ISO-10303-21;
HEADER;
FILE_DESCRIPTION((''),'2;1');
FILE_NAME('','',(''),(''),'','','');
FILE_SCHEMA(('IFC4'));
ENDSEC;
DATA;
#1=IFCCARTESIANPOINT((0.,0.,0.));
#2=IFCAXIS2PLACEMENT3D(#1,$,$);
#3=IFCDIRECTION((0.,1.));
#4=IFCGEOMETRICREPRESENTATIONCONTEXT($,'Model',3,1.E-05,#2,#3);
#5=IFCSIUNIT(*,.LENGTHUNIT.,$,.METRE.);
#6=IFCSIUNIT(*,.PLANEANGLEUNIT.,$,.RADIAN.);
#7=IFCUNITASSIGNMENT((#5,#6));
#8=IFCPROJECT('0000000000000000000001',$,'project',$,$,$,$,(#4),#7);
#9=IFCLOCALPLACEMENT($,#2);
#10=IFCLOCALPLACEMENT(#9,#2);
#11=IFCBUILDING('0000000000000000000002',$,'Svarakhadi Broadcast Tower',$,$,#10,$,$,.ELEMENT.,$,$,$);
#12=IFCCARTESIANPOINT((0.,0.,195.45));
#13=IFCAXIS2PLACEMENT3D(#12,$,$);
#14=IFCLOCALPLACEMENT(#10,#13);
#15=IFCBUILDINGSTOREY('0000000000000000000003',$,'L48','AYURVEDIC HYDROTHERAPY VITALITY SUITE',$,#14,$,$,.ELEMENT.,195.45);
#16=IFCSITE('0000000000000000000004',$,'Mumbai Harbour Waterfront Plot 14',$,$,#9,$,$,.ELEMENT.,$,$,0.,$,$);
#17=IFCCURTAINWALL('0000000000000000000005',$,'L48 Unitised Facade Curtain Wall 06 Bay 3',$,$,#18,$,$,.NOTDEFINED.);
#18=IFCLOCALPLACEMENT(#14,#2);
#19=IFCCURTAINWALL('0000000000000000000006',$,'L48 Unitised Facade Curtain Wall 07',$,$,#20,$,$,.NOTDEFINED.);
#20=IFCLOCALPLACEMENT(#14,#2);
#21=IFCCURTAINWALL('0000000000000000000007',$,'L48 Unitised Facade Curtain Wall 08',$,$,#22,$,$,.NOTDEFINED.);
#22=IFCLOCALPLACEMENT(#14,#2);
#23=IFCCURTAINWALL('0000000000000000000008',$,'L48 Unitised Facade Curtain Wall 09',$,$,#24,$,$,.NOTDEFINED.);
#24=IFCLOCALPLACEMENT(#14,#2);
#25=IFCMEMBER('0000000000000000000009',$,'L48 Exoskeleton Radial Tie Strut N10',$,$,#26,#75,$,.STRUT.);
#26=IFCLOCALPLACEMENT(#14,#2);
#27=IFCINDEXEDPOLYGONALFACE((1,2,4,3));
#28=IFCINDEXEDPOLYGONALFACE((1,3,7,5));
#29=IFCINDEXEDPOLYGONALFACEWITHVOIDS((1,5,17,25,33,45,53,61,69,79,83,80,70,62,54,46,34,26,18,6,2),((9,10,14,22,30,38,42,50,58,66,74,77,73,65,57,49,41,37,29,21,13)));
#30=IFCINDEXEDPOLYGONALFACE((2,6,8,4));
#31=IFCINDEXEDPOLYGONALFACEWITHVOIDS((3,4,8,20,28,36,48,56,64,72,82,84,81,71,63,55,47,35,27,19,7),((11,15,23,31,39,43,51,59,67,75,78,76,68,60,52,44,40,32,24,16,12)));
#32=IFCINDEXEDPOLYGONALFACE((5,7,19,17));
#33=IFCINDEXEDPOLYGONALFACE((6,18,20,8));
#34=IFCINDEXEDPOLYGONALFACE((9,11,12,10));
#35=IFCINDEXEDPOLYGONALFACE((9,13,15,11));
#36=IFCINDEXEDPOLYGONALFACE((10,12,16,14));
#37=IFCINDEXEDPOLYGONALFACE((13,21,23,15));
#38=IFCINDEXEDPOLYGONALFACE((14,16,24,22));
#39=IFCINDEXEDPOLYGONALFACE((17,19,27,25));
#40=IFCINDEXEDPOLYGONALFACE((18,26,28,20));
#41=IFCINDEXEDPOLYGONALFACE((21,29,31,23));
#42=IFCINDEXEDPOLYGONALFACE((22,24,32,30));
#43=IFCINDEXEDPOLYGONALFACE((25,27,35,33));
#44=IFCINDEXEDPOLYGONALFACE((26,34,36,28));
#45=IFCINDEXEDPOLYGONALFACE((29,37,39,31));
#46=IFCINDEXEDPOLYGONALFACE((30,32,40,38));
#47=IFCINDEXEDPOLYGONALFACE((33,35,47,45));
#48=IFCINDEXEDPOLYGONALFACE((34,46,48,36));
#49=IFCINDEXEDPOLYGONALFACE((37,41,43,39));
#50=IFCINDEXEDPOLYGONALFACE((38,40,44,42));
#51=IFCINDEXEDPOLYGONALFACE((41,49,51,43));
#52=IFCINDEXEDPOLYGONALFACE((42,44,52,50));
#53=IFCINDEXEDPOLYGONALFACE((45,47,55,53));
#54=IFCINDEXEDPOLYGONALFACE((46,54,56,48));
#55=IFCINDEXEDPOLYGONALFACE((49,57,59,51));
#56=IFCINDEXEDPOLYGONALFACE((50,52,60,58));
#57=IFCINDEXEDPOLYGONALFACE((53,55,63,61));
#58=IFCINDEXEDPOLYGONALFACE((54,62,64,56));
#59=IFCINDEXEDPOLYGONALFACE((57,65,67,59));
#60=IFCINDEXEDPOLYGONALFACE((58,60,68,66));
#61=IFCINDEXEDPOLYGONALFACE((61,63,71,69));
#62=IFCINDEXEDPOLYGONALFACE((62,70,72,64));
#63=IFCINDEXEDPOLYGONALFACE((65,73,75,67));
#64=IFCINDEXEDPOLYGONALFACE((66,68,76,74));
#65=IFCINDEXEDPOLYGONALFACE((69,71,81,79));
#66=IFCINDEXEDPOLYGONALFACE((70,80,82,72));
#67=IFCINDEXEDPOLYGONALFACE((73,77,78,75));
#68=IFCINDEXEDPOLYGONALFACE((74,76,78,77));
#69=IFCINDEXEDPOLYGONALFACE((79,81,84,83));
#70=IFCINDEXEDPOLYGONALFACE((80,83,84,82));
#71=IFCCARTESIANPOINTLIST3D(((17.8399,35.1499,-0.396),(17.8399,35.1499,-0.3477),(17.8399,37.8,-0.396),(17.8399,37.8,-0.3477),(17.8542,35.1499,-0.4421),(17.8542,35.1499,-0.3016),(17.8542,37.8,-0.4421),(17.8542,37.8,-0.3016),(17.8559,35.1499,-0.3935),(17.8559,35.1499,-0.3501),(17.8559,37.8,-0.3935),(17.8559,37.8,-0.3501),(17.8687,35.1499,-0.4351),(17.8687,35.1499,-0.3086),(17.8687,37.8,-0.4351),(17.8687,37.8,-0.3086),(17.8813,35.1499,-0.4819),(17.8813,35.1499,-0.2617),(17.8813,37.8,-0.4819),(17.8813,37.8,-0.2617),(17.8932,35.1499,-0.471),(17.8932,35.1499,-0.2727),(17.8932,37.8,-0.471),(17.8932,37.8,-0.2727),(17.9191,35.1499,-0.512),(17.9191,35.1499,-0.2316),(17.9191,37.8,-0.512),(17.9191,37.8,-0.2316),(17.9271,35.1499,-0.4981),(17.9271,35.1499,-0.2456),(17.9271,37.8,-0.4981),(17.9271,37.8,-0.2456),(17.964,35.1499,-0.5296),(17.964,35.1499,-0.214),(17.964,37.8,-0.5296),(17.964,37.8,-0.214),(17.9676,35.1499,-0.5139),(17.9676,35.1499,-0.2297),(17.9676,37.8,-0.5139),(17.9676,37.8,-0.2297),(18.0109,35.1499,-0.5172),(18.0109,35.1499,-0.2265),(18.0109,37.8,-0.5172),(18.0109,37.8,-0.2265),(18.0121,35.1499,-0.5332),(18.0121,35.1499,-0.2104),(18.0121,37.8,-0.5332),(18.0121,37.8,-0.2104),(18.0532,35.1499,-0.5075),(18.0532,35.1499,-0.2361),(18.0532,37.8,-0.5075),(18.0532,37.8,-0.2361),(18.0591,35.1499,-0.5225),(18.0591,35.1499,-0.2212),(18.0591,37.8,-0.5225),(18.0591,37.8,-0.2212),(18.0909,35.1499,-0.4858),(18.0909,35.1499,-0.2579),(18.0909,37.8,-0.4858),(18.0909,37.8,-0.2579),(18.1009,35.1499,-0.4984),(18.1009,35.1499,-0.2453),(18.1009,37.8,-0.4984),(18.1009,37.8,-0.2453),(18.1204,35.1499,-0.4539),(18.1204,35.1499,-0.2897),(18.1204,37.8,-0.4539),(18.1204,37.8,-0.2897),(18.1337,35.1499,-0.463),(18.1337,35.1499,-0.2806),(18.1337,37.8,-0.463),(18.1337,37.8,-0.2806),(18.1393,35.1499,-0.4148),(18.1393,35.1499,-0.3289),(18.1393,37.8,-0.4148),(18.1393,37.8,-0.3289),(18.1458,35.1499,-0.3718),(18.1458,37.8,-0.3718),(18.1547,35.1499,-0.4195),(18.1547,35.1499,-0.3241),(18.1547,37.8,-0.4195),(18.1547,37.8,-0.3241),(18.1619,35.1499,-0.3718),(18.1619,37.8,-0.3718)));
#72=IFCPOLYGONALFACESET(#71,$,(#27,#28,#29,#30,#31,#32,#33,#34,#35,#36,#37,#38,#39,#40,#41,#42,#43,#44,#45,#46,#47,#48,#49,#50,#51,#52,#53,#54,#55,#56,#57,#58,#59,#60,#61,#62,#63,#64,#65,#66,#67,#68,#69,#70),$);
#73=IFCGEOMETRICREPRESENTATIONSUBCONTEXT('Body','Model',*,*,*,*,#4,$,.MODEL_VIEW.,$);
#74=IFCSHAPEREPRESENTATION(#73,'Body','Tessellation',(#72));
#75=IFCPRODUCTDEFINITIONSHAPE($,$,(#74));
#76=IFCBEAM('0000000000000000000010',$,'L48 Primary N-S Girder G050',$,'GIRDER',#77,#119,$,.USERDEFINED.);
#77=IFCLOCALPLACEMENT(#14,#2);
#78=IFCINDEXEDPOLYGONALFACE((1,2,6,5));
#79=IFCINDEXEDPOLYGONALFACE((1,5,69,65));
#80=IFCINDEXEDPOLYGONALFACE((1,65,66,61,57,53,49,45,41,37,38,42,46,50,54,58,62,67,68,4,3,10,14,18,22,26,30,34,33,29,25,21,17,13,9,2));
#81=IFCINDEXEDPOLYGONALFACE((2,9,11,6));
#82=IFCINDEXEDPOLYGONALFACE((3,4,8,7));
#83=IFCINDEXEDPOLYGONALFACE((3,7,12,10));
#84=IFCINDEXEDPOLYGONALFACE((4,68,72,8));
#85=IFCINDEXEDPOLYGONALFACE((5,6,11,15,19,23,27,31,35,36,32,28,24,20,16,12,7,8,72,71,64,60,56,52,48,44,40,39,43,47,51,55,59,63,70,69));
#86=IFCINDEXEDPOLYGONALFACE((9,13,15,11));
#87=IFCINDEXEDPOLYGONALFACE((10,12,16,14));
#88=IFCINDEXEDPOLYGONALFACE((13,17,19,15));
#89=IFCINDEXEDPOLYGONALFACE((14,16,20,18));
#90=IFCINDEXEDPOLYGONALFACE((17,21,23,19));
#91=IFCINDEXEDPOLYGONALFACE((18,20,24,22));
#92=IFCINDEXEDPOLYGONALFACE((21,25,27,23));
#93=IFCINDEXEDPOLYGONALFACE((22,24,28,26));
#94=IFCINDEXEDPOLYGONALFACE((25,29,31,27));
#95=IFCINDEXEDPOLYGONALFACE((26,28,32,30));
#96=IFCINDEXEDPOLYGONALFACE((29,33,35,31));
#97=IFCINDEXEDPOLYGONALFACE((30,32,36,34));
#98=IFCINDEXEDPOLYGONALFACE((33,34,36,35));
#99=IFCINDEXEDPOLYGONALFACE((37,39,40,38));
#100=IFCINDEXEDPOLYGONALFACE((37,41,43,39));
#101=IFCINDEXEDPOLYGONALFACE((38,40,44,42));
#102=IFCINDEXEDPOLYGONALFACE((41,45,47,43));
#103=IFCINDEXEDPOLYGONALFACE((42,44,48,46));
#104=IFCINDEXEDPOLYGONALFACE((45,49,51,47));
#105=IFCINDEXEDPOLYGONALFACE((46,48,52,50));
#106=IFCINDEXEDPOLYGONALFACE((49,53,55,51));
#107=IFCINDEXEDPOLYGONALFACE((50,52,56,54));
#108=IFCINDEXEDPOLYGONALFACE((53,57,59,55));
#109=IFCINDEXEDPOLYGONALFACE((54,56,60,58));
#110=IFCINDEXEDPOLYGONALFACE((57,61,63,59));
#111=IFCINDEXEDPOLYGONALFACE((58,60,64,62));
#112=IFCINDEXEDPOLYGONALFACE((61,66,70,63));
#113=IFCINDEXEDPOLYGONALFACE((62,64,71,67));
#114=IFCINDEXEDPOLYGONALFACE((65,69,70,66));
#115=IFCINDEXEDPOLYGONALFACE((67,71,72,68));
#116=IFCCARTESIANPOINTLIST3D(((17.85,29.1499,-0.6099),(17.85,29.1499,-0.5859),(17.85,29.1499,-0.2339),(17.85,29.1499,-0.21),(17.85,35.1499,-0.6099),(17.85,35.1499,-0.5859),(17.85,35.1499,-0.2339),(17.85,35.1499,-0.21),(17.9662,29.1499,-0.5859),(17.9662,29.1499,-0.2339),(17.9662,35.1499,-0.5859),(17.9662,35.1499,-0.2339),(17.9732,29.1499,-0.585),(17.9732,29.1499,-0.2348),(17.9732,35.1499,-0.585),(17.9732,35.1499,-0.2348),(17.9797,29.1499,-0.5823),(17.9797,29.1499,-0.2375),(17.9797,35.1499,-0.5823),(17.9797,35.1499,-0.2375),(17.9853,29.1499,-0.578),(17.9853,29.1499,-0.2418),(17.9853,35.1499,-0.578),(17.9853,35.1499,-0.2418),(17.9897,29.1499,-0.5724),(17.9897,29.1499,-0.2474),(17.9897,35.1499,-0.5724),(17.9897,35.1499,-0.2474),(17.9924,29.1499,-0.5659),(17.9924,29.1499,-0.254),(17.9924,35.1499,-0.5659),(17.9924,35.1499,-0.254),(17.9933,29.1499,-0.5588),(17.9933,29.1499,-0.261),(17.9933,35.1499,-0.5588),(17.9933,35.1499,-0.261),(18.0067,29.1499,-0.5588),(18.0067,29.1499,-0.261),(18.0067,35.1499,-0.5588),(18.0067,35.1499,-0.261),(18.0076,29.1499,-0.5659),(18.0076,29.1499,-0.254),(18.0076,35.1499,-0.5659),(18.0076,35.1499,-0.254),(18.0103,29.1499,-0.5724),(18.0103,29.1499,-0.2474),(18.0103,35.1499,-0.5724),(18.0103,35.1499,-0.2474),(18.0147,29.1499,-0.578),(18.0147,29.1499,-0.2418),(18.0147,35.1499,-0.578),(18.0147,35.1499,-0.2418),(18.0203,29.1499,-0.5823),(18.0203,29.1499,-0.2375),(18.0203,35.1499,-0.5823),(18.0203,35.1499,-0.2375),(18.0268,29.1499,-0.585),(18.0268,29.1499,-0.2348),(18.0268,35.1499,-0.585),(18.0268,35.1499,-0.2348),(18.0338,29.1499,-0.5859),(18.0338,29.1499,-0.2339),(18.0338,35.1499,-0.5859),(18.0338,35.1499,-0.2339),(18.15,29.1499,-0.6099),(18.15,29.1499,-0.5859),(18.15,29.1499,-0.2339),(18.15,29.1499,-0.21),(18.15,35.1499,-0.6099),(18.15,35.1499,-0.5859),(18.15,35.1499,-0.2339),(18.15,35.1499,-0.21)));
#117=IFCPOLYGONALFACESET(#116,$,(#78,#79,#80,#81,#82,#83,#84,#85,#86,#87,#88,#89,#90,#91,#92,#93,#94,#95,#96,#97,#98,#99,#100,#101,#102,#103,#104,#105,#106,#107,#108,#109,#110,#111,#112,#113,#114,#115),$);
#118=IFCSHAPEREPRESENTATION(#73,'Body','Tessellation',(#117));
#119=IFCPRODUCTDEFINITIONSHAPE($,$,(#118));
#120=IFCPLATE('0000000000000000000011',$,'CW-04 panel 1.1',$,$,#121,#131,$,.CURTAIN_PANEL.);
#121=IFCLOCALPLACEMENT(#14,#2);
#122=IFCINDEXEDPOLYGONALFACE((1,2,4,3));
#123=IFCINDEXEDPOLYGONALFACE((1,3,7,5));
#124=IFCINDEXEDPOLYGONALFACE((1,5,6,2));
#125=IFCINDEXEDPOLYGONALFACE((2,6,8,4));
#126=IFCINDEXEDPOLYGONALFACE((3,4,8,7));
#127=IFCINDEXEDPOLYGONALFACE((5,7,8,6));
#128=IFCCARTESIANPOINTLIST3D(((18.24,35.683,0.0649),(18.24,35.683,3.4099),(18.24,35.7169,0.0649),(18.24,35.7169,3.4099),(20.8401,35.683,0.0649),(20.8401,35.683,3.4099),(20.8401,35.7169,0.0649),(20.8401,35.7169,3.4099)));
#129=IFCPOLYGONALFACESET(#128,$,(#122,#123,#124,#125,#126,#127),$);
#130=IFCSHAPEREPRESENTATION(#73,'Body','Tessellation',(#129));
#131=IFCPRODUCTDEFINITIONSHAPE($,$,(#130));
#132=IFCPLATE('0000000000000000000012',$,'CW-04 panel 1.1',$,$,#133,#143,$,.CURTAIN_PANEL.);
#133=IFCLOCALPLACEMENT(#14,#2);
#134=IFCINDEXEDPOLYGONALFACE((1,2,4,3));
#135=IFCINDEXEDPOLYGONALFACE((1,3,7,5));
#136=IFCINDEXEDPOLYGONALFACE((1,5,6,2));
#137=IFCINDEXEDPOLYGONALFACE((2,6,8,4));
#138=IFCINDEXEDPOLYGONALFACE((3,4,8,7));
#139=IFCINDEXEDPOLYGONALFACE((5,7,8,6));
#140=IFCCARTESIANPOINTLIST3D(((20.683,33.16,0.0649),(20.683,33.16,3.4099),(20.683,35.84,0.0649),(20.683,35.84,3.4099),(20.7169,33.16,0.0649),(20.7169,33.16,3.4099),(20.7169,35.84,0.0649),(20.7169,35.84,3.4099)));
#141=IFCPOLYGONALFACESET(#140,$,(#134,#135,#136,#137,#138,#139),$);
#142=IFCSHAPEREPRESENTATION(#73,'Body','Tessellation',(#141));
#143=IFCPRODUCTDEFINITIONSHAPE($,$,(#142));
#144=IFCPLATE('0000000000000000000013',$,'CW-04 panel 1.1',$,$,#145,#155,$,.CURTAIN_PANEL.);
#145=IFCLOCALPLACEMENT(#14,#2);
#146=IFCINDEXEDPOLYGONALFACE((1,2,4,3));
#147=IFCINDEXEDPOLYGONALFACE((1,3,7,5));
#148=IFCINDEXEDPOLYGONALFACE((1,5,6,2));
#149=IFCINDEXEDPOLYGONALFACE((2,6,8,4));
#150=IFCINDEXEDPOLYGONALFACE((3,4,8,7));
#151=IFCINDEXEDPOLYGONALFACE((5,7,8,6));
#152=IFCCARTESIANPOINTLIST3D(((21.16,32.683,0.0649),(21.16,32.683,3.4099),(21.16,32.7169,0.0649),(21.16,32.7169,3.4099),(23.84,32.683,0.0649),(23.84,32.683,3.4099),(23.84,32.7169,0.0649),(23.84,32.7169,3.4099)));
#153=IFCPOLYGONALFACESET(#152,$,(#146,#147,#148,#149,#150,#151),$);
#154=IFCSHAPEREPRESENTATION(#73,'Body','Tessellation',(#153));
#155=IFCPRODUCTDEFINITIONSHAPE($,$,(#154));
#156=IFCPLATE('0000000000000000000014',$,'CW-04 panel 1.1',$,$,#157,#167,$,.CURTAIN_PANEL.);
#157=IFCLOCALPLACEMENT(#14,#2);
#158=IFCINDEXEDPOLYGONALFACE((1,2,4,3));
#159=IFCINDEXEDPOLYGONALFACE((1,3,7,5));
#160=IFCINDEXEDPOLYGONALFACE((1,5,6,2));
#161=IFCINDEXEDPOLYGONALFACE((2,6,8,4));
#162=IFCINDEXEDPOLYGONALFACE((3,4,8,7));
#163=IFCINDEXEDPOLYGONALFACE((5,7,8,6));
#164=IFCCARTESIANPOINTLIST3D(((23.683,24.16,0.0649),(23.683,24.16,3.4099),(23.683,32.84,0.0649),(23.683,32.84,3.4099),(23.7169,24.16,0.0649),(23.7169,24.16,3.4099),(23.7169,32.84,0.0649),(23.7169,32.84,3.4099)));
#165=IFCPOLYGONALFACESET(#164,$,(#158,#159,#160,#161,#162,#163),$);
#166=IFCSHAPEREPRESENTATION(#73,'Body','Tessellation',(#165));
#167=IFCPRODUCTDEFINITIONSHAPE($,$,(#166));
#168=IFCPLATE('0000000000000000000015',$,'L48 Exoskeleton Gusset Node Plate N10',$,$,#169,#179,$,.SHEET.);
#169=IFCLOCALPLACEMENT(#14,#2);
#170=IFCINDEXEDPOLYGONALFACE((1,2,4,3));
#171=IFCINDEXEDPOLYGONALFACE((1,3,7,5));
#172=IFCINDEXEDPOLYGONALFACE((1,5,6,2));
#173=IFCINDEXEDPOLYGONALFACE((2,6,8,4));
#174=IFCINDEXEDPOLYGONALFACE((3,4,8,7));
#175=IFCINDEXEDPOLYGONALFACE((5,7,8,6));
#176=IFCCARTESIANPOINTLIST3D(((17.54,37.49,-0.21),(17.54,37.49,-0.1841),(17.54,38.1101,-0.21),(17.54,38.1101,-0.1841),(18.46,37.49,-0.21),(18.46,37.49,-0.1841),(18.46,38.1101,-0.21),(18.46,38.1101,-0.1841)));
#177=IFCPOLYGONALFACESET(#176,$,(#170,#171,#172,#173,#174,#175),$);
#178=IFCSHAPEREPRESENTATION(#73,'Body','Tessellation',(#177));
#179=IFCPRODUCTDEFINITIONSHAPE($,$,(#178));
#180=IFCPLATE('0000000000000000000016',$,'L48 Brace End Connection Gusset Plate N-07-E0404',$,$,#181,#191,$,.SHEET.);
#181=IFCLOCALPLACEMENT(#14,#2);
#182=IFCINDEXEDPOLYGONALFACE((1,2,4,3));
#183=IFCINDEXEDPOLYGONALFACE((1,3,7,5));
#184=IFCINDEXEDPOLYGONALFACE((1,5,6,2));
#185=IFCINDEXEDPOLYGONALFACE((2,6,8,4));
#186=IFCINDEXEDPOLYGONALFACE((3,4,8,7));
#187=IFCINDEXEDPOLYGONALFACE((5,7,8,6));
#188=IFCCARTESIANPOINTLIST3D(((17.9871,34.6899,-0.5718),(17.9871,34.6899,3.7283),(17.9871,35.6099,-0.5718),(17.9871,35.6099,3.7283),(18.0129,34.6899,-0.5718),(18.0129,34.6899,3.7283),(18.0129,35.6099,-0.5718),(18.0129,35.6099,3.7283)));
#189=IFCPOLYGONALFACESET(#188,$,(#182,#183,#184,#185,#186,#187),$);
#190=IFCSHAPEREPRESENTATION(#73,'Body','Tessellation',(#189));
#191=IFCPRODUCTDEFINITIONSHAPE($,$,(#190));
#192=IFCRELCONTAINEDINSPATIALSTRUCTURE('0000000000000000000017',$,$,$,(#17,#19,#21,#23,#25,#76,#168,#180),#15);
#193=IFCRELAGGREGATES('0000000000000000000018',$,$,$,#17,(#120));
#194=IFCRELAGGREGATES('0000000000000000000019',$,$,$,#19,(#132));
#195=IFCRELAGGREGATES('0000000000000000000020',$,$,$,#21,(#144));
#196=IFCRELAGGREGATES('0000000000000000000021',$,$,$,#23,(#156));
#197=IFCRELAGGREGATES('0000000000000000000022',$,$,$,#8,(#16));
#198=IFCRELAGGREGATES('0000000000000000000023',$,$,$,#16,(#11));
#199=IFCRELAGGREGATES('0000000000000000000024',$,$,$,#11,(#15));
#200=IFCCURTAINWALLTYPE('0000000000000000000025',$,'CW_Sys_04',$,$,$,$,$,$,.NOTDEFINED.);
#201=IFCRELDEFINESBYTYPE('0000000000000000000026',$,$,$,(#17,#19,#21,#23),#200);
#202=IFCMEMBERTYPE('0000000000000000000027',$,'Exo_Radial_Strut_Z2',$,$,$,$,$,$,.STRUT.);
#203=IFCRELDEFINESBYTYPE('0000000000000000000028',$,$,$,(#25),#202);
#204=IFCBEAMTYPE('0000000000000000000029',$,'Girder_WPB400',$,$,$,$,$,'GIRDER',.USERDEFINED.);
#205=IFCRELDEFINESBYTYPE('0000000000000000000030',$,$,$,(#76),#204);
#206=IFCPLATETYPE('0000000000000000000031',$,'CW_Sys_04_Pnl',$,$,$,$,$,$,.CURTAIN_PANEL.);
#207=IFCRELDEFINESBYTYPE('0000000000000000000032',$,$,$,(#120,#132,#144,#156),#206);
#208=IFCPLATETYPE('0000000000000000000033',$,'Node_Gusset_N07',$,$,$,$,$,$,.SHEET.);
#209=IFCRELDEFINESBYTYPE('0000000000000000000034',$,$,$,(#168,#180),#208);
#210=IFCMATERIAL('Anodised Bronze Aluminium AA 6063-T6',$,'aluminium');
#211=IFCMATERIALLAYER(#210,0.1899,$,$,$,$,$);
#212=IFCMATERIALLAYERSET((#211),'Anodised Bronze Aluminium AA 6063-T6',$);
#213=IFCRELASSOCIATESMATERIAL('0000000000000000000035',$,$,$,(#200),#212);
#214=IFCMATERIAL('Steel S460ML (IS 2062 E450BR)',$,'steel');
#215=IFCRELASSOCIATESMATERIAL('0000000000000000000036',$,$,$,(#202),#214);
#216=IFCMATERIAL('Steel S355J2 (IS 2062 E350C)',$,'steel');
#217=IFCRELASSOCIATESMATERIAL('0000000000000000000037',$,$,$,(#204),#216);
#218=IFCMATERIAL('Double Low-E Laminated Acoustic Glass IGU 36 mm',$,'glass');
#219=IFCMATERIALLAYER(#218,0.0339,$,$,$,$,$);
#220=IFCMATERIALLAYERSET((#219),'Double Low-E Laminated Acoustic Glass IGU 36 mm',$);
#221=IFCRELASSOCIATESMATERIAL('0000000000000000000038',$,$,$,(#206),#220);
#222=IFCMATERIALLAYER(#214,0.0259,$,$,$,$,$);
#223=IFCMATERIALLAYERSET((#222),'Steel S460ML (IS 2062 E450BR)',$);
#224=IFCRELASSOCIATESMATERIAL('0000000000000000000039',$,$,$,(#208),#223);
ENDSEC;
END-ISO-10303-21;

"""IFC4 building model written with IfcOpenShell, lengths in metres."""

from ifc_helpers import new_model, si_unit, direction, frame, origin, origin_2d, place, context, subcontext, project, spatial, rectangle, hollow_circle, i_section, extrude, material, layer, layer_set, material_profile, profile_set, type_object, element, aggregate, save


model = new_model("IFC4")

# Units and contexts
model_context = context("Model", 3, precision=1e-05, world=origin(), true_north=direction((0.0, 1.0)))
body_context = subcontext(model_context, "Body", "Model", "MODEL_VIEW")
ifc_project = project(units=[si_unit("LENGTHUNIT", "METRE"), si_unit("PLANEANGLEUNIT", "RADIAN")], contexts=[model_context])

# Site, building, storey
site_placement = place(None, origin())
site = spatial("IfcSite", under=ifc_project, at=site_placement, Name="Mumbai Harbour Waterfront Plot 14", CompositionType="ELEMENT", RefElevation=0.0)
building_placement = place(site_placement, origin())
building = spatial("IfcBuilding", under=site, at=building_placement, Name="Svarakhadi Broadcast Tower", CompositionType="ELEMENT")
storey_placement = place(building_placement, frame((0.0, 0.0, 195.45)))
storey = spatial("IfcBuildingStorey", under=building, at=storey_placement, Name="L48", Description="AYURVEDIC HYDROTHERAPY VITALITY SUITE", CompositionType="ELEMENT", Elevation=195.45)

# Curtain walls
ifc_material_1 = material(Name="Anodised Bronze Aluminium AA 6063-T6", Category="aluminium")
ifc_layer_1 = layer(ifc_material_1, 0.1899)
ifc_layer_set_1 = layer_set([ifc_layer_1], Name="Anodised Bronze Aluminium AA 6063-T6")
curtain_wall_type = type_object("IfcCurtainWallType", Name="CW_Sys_04", PredefinedType="NOTDEFINED", material=ifc_layer_set_1)
curtain_wall_1_placement = place(storey_placement, origin())
curtain_wall_1 = element("IfcCurtainWall", 1, at=curtain_wall_1_placement, inside=storey, type_object=curtain_wall_type, Name="L48 Unitised Facade Curtain Wall 06 Bay 3", PredefinedType="NOTDEFINED")
curtain_wall_2_placement = place(storey_placement, origin())
curtain_wall_2 = element("IfcCurtainWall", 2, at=curtain_wall_2_placement, inside=storey, type_object=curtain_wall_type, Name="L48 Unitised Facade Curtain Wall 07", PredefinedType="NOTDEFINED")
curtain_wall_3_placement = place(storey_placement, origin())
curtain_wall_3 = element("IfcCurtainWall", 3, at=curtain_wall_3_placement, inside=storey, type_object=curtain_wall_type, Name="L48 Unitised Facade Curtain Wall 08", PredefinedType="NOTDEFINED")

# Curtain wall
curtain_wall_4_placement = place(storey_placement, origin())
curtain_wall_4 = element("IfcCurtainWall", 4, at=curtain_wall_4_placement, inside=storey, type_object=curtain_wall_type, Name="L48 Unitised Facade Curtain Wall 09", PredefinedType="NOTDEFINED")

# Member
ifc_material_2 = material(Name="Steel S460ML (IS 2062 E450BR)", Category="steel")
ifc_material_profile_1 = material_profile(ifc_material_2, hollow_circle(Radius=0.1619, WallThickness=0.0161, at=origin_2d()), Name="CHS 323.9x16")
ifc_profile_set_1 = profile_set([ifc_material_profile_1], Name="Steel S460ML (IS 2062 E450BR)")
member_type_1 = type_object("IfcMemberType", Name="Exo_Radial_Strut_Z2", PredefinedType="STRUT", material=ifc_profile_set_1)
member_1_placement = place(storey_placement, frame((18.0, 37.8, -0.3718), z_axis=(0.0, -1.0, 0.0), x_axis=(1.0, 0.0, 0.0)))
element("IfcMember", 5, at=member_1_placement, inside=storey, type_object=member_type_1, Name="L48 Exoskeleton Radial Tie Strut N10", PredefinedType="STRUT", context=body_context, shape_type="SweptSolid", body=[
    extrude(hollow_circle(Radius=0.1619, WallThickness=0.0161, at=origin_2d()), origin(), (0.0, 0.0, 1.0), 2.6501),
])

# Beam
ifc_material_3 = material(Name="Steel S355J2 (IS 2062 E350C)", Category="steel")
ifc_material_profile_2 = material_profile(ifc_material_3, i_section(OverallWidth=0.3, OverallDepth=0.3999, WebThickness=0.0134, FlangeThickness=0.0239, FilletRadius=0.0271, at=origin_2d()), Name="WPB 400x300x155")
ifc_profile_set_2 = profile_set([ifc_material_profile_2], Name="Steel S355J2 (IS 2062 E350C)")
beam_type = type_object("IfcBeamType", Name="Girder_WPB400", ElementType="GIRDER", PredefinedType="USERDEFINED", material=ifc_profile_set_2)
beam_placement = place(storey_placement, frame((18.0, 29.1499, -0.4099), z_axis=(0.0, 1.0, 0.0), x_axis=(-1.0, 0.0, 0.0)))
element("IfcBeam", 6, at=beam_placement, inside=storey, type_object=beam_type, Name="L48 Primary N-S Girder G050", ObjectType="GIRDER", PredefinedType="USERDEFINED", context=body_context, shape_type="SweptSolid", body=[
    extrude(i_section(OverallWidth=0.3, OverallDepth=0.3999, WebThickness=0.0134, FlangeThickness=0.0239, FilletRadius=0.0271, at=origin_2d()), origin(), (0.0, 0.0, 1.0), 6.0),
])

# Plates
ifc_material_4 = material(Name="Double Low-E Laminated Acoustic Glass IGU 36 mm", Category="glass")
ifc_layer_2 = layer(ifc_material_4, 0.0339)
ifc_layer_set_2 = layer_set([ifc_layer_2], Name="Double Low-E Laminated Acoustic Glass IGU 36 mm")
plate_type_1 = type_object("IfcPlateType", Name="CW_Sys_04_Pnl", PredefinedType="CURTAIN_PANEL", material=ifc_layer_set_2)
plate_1_placement = place(storey_placement, frame((19.54, 35.7, 0.0649), z_axis=(0.0, 0.0, 1.0), x_axis=(1.0, 0.0, 0.0)))
plate_1 = element("IfcPlate", 7, at=plate_1_placement, type_object=plate_type_1, Name="CW-04 panel 1.1", PredefinedType="CURTAIN_PANEL", context=body_context, shape_type="SweptSolid", body=[
    extrude(rectangle(XDim=2.6001, YDim=0.0339, at=origin_2d()), origin(), (0.0, 0.0, 1.0), 3.345),
])
aggregate(curtain_wall_1, [plate_1])
plate_2_placement = place(storey_placement, frame((20.7, 34.5, 0.0649), z_axis=(0.0, 0.0, 1.0), x_axis=(0.0, -1.0, 0.0)))
plate_2 = element("IfcPlate", 8, at=plate_2_placement, type_object=plate_type_1, Name="CW-04 panel 1.1", PredefinedType="CURTAIN_PANEL", context=body_context, shape_type="SweptSolid", body=[
    extrude(rectangle(XDim=2.6799, YDim=0.0339, at=origin_2d()), origin(), (0.0, 0.0, 1.0), 3.345),
])
aggregate(curtain_wall_2, [plate_2])
plate_3_placement = place(storey_placement, frame((22.5, 32.7, 0.0649), z_axis=(0.0, 0.0, 1.0), x_axis=(1.0, 0.0, 0.0)))
plate_3 = element("IfcPlate", 9, at=plate_3_placement, type_object=plate_type_1, Name="CW-04 panel 1.1", PredefinedType="CURTAIN_PANEL", context=body_context, shape_type="SweptSolid", body=[
    extrude(rectangle(XDim=2.6799, YDim=0.0339, at=origin_2d()), origin(), (0.0, 0.0, 1.0), 3.345),
])
aggregate(curtain_wall_3, [plate_3])
plate_4_placement = place(storey_placement, frame((23.7, 28.5, 0.0649), z_axis=(0.0, 0.0, 1.0), x_axis=(0.0, -1.0, 0.0)))
plate_4 = element("IfcPlate", 10, at=plate_4_placement, type_object=plate_type_1, Name="CW-04 panel 1.1", PredefinedType="CURTAIN_PANEL", context=body_context, shape_type="SweptSolid", body=[
    extrude(rectangle(XDim=8.6799, YDim=0.0339, at=origin_2d()), origin(), (0.0, 0.0, 1.0), 3.345),
])
aggregate(curtain_wall_4, [plate_4])

# Plates
ifc_layer_3 = layer(ifc_material_2, 0.0259)
ifc_layer_set_3 = layer_set([ifc_layer_3], Name="Steel S460ML (IS 2062 E450BR)")
plate_type_2 = type_object("IfcPlateType", Name="Node_Gusset_N07", PredefinedType="SHEET", material=ifc_layer_set_3)
plate_5_placement = place(storey_placement, frame((18.0, 37.8, -0.21), z_axis=(0.0, 0.0, 1.0), x_axis=(1.0, 0.0, 0.0)))
element("IfcPlate", 11, at=plate_5_placement, inside=storey, type_object=plate_type_2, Name="L48 Exoskeleton Gusset Node Plate N10", PredefinedType="SHEET", context=body_context, shape_type="SweptSolid", body=[
    extrude(rectangle(XDim=0.9199, YDim=0.6201, at=origin_2d()), origin(), (0.0, 0.0, 1.0), 0.0259),
])
plate_6_placement = place(storey_placement, frame((18.0, 35.1499, -0.5718), z_axis=(0.0, 0.0, 1.0), x_axis=(0.0, 1.0, 0.0)))
element("IfcPlate", 12, at=plate_6_placement, inside=storey, type_object=plate_type_2, Name="L48 Brace End Connection Gusset Plate N-07-E0404", PredefinedType="SHEET", context=body_context, shape_type="SweptSolid", body=[
    extrude(rectangle(XDim=0.9199, YDim=0.0259, at=origin_2d()), origin(), (0.0, 0.0, 1.0), 4.3),
])

save(model, "model.ifc")
